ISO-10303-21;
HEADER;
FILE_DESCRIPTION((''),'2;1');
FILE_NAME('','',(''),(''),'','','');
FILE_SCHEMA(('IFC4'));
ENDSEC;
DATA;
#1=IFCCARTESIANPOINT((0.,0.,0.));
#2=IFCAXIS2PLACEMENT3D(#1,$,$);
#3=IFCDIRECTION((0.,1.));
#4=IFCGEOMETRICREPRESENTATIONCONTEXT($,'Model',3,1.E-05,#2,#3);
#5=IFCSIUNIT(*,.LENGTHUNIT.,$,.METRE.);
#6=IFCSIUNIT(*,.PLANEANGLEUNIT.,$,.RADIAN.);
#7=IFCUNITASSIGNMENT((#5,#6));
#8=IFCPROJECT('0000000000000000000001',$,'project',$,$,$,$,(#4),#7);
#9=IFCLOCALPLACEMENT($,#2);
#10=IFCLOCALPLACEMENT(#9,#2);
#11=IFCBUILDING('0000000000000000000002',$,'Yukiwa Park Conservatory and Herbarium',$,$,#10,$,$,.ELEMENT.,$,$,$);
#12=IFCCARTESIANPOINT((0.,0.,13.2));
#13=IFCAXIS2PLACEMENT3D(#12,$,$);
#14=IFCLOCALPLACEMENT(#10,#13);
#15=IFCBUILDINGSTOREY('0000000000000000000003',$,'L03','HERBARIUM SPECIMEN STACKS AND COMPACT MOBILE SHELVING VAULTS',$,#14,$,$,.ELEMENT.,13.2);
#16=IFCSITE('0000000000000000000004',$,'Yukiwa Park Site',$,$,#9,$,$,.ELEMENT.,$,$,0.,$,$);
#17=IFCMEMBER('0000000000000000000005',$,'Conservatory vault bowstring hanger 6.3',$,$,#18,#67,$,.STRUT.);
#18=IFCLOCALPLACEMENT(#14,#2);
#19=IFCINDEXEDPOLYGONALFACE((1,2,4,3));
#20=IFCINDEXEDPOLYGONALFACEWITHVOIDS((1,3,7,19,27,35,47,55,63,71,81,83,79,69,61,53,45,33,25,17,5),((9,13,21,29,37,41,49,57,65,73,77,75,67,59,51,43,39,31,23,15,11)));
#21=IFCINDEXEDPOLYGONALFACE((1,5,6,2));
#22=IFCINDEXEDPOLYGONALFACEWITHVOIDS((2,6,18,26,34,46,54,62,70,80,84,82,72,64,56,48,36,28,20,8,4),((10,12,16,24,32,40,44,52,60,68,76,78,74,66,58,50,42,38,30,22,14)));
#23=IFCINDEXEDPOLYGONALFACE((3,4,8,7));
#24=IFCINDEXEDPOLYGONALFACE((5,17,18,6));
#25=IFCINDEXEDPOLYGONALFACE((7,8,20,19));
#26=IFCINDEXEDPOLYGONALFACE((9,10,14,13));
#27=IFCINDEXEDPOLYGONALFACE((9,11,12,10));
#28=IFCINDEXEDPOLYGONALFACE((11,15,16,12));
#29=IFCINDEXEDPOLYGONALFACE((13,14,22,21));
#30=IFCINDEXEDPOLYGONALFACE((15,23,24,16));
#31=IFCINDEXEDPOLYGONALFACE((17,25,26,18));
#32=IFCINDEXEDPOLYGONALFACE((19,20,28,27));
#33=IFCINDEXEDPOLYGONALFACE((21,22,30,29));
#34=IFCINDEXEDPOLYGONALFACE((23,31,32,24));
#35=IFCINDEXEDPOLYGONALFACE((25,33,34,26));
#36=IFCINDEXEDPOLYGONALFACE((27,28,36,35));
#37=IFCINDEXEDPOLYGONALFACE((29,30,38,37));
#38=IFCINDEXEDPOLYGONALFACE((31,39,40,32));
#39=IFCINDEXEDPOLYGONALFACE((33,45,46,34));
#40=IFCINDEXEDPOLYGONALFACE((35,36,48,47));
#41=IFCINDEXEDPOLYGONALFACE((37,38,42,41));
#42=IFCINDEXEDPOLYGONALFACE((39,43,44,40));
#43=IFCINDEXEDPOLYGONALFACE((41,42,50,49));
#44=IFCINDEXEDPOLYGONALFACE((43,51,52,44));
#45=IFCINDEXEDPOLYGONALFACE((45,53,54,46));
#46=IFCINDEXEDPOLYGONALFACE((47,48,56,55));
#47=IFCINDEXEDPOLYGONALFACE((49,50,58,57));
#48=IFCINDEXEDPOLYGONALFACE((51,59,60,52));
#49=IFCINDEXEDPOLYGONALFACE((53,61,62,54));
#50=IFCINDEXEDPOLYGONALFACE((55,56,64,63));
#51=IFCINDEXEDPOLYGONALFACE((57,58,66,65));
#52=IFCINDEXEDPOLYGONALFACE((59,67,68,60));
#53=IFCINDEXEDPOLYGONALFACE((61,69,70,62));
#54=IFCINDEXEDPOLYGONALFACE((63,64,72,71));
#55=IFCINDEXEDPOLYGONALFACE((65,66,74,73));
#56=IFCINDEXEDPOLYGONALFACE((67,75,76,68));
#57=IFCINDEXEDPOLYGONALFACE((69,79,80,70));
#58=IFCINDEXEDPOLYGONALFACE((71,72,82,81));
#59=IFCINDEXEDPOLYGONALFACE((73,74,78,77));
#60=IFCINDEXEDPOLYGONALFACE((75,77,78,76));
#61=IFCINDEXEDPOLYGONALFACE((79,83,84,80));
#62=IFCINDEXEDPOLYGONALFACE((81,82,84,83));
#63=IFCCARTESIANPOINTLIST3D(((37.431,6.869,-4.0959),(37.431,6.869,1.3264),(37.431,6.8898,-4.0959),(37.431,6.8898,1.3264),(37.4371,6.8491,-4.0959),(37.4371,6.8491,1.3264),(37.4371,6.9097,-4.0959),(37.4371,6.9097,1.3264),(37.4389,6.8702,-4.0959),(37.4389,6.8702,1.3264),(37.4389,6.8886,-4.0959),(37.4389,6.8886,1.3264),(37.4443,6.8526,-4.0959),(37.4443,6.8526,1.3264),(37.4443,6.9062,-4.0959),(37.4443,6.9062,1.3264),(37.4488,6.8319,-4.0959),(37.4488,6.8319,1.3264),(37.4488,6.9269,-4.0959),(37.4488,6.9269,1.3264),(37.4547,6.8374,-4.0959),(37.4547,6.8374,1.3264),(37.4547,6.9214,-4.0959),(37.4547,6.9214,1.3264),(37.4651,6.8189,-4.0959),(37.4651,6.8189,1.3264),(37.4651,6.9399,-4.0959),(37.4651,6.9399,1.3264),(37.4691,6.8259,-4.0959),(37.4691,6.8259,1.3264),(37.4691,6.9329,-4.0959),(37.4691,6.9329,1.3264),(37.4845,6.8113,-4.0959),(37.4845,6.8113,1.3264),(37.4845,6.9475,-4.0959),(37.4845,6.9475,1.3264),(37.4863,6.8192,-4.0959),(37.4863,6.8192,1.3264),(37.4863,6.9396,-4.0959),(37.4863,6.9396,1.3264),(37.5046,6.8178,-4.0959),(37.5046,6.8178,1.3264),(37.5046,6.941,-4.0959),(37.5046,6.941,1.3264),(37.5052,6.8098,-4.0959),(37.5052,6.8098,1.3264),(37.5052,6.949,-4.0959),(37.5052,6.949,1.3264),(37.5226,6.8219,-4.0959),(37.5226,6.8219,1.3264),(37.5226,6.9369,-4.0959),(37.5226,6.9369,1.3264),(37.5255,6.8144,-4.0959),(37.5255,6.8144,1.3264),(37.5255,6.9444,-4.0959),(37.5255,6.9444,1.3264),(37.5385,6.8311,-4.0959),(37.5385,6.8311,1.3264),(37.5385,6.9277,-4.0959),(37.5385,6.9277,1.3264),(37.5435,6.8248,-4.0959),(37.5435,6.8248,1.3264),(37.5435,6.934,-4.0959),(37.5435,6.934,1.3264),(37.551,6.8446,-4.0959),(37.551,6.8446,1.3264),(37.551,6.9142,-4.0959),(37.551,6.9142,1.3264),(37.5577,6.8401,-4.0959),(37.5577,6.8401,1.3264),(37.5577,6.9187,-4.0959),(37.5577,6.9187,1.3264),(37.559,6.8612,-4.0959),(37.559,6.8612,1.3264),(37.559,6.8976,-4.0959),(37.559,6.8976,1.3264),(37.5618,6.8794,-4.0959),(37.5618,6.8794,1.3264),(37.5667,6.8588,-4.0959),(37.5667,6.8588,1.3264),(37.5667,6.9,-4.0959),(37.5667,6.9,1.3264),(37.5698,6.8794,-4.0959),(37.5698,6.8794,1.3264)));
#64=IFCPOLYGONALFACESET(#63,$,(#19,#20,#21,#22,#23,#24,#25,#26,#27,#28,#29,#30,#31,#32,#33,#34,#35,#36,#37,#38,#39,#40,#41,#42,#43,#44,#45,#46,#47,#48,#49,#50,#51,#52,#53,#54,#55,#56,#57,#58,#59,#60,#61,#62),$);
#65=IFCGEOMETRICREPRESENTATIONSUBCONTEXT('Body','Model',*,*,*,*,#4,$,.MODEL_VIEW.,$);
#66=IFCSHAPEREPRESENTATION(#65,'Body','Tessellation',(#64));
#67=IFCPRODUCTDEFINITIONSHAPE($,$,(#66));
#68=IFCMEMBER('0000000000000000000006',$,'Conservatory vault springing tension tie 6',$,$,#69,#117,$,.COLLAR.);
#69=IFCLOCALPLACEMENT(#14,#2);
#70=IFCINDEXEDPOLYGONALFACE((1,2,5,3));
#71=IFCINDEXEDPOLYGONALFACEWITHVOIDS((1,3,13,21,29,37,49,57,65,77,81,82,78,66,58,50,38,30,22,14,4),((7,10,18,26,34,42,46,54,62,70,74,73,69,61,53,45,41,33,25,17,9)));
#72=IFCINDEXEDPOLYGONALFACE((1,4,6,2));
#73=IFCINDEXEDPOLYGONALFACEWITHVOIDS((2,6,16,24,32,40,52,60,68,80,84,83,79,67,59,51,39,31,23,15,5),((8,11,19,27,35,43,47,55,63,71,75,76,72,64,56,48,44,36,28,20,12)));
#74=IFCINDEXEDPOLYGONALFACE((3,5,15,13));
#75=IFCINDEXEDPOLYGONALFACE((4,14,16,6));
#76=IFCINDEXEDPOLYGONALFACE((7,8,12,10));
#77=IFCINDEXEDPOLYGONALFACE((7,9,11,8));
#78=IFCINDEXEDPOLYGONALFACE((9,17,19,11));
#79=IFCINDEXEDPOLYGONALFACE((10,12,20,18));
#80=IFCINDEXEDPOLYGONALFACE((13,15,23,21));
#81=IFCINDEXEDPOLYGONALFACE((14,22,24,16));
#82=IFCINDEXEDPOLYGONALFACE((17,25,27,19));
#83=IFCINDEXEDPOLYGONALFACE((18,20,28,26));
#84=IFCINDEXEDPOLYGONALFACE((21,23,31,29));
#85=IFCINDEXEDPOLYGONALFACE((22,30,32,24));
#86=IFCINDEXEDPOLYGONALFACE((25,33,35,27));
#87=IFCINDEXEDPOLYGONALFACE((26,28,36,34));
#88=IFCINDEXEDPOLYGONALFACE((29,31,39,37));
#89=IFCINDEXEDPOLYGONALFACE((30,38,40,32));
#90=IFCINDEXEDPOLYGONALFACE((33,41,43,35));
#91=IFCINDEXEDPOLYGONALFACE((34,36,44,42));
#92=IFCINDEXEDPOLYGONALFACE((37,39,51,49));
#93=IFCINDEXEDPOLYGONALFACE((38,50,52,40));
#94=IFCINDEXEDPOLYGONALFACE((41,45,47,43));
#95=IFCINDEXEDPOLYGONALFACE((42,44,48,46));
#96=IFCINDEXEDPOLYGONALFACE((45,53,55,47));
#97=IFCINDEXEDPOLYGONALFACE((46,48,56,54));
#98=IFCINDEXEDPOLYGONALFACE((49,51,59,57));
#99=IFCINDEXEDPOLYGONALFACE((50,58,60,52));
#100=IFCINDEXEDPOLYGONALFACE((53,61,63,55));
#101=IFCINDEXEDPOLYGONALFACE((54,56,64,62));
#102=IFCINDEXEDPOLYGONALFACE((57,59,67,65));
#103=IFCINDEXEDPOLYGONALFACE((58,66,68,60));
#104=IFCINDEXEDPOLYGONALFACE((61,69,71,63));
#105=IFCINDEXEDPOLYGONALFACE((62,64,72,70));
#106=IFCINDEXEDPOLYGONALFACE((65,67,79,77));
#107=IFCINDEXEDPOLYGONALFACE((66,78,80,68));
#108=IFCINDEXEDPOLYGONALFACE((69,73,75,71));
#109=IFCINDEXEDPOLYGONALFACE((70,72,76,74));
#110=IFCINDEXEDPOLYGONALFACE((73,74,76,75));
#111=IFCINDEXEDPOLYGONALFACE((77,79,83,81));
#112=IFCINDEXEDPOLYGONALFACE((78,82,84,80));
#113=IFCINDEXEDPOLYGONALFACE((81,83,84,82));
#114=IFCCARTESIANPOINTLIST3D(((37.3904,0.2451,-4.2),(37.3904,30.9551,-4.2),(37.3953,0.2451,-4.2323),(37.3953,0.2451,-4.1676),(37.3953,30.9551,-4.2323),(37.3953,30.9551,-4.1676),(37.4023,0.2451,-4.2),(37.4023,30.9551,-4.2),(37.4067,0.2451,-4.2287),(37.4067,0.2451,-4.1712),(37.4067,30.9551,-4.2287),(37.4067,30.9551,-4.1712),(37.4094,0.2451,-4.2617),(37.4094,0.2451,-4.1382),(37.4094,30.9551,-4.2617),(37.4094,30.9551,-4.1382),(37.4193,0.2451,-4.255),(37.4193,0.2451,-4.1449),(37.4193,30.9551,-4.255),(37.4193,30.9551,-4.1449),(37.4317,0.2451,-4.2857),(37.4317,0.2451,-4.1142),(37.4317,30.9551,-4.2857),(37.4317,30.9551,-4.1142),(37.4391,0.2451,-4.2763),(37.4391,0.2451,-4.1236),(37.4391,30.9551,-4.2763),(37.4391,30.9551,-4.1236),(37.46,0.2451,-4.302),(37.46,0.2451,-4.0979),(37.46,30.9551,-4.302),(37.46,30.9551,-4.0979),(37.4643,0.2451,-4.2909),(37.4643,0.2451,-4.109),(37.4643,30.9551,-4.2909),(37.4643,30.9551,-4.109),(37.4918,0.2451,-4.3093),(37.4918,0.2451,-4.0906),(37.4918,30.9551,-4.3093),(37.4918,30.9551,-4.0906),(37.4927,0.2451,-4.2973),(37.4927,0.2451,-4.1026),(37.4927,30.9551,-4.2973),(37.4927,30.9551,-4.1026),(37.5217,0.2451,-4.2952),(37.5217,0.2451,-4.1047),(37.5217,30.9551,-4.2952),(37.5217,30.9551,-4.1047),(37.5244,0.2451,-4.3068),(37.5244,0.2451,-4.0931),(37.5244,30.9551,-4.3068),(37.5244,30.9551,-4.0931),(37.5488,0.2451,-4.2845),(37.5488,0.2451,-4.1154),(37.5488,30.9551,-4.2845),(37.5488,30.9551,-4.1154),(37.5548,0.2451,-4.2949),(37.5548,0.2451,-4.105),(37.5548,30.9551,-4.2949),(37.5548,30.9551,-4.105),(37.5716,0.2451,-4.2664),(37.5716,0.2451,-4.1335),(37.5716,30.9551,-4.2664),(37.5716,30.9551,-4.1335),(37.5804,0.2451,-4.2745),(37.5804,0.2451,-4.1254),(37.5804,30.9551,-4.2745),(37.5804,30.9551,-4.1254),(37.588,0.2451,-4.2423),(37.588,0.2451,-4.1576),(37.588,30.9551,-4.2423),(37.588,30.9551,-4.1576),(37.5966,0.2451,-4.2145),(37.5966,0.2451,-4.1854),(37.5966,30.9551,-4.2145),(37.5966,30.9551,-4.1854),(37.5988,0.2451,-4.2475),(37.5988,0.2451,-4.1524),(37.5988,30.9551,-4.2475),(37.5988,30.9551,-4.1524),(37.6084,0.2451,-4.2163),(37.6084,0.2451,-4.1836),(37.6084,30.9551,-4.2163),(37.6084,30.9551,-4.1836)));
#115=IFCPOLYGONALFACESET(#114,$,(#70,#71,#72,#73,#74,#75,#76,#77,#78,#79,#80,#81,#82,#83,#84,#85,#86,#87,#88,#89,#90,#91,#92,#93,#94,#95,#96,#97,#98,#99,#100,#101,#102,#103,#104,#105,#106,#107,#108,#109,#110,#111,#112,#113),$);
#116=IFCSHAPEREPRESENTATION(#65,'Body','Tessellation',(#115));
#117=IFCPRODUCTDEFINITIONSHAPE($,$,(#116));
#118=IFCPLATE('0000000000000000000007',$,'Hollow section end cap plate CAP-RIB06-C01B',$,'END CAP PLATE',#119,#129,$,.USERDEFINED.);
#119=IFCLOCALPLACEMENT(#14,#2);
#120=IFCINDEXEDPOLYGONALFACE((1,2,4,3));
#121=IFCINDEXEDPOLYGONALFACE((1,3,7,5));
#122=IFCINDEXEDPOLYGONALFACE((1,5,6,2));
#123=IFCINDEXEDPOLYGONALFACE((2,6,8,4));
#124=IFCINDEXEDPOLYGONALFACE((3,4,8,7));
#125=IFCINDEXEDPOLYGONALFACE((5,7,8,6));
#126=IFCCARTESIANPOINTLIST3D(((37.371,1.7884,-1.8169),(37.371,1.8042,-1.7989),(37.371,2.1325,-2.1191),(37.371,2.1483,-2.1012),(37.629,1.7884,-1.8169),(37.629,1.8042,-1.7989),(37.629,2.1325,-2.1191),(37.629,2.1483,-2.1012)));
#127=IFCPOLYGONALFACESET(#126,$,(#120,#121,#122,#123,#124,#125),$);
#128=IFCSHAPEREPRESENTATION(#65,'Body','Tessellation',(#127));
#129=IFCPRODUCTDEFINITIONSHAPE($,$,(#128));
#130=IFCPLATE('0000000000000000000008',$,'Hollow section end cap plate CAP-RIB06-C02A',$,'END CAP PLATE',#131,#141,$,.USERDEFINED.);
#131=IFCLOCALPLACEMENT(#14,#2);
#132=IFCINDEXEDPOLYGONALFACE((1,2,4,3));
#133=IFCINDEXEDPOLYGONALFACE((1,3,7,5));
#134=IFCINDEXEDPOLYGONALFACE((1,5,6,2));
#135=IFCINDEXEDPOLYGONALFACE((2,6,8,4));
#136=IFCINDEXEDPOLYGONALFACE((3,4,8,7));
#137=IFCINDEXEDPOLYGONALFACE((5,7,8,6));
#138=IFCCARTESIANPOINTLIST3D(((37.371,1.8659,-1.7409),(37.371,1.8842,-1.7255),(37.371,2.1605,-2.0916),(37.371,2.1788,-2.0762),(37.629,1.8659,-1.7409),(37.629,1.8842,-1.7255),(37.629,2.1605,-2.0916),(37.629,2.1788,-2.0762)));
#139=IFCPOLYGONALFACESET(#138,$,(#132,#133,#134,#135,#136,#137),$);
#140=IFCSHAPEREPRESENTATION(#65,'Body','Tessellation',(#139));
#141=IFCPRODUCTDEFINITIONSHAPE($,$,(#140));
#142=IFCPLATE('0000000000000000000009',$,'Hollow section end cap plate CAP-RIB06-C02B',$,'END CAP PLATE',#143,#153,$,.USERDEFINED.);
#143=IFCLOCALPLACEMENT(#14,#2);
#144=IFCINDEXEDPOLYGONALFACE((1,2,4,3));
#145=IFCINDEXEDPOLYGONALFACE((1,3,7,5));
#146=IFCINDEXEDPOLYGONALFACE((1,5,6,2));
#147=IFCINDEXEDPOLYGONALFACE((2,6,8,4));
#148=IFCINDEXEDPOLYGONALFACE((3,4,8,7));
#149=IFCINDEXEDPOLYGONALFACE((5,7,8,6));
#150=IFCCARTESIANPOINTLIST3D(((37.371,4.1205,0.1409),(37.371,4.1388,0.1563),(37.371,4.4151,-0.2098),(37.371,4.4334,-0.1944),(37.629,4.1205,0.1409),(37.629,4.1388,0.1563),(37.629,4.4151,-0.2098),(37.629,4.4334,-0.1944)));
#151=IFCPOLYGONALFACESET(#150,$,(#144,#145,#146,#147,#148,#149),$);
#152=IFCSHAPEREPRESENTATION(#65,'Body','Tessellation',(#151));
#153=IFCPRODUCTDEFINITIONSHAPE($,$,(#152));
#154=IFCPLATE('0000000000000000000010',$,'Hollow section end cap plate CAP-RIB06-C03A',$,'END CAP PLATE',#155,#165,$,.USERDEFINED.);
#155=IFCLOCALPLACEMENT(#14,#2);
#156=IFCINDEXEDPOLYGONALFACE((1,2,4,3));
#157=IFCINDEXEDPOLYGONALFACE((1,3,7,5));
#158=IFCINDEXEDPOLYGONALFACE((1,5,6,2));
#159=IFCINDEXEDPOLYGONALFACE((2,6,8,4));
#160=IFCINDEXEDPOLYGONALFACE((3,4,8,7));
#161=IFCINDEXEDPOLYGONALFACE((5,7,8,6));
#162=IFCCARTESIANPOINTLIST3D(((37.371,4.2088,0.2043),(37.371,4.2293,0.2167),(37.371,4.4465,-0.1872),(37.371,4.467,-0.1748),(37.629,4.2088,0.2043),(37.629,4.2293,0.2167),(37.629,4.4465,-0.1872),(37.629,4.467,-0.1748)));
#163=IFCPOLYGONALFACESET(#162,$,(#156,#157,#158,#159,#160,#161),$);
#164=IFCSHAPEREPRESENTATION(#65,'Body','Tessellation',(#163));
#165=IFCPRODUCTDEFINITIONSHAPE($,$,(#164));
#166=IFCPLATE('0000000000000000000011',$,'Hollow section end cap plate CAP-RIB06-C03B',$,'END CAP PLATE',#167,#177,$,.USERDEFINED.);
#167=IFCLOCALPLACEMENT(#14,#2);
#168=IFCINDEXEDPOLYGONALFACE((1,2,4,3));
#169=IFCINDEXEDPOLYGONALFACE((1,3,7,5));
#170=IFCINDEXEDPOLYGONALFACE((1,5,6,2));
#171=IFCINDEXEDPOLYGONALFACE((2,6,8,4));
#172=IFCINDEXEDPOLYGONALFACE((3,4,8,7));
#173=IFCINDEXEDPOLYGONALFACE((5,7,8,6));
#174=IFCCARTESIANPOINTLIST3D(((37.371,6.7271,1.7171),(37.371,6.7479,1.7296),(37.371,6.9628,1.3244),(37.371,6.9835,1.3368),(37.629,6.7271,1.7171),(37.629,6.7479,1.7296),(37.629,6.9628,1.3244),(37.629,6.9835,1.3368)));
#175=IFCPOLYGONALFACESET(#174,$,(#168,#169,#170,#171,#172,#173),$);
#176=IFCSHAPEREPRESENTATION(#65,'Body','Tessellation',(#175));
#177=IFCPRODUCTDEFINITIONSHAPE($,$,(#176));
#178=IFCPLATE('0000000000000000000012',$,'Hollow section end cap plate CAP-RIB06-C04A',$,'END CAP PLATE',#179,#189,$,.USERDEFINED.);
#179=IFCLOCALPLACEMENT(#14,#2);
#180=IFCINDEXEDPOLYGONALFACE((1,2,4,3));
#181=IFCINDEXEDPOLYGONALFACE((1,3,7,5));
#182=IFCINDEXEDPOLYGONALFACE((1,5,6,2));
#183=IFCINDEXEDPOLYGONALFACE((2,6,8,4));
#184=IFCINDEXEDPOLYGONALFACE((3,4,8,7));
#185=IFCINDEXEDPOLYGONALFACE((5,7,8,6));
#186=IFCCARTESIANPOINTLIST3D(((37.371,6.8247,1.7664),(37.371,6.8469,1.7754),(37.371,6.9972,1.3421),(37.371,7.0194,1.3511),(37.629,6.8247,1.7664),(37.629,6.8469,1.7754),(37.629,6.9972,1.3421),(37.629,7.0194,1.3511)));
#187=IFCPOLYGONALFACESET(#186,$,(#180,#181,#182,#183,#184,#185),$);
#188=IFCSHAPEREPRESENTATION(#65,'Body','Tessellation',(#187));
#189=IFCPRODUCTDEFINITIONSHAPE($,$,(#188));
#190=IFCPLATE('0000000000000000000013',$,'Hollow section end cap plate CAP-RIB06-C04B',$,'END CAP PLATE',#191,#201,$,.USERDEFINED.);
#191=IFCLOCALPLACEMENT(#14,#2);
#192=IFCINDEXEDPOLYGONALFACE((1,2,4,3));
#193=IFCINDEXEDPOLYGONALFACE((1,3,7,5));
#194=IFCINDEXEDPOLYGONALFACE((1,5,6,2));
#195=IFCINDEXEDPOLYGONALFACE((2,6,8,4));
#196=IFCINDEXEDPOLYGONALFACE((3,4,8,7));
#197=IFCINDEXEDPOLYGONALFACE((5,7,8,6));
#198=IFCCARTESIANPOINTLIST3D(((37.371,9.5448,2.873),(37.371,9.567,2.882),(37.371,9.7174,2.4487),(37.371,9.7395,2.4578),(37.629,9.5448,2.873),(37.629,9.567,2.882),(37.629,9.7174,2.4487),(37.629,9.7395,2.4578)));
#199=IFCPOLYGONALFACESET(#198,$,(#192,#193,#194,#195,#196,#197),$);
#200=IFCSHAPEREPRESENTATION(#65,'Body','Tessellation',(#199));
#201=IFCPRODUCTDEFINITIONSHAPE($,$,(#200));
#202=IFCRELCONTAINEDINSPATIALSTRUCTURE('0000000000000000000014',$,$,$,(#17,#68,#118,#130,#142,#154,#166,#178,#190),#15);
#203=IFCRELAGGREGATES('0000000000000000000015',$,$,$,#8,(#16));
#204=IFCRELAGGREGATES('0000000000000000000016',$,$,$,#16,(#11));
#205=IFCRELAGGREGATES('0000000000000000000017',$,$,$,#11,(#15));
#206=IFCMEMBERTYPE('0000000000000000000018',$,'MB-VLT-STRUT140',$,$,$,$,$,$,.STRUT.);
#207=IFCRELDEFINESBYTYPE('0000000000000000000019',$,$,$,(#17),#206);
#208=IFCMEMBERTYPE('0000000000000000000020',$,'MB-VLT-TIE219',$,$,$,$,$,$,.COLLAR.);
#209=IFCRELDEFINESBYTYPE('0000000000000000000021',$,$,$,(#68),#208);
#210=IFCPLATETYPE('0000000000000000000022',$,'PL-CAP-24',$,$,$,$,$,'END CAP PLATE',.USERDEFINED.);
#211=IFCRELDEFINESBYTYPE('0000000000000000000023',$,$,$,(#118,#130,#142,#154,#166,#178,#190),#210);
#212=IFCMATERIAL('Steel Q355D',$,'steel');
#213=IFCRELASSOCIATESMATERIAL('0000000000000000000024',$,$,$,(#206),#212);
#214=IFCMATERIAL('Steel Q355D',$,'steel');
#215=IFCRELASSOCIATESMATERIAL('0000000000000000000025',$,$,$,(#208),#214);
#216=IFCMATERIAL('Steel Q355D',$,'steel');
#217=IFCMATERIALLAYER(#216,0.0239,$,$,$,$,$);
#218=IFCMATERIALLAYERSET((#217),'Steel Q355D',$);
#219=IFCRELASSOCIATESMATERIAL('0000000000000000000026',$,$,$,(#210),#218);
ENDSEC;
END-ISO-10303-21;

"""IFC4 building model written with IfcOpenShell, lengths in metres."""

from ifc_helpers import new_model, si_unit, direction, frame, origin, origin_2d, place, context, subcontext, project, spatial, rectangle, hollow_circle, extrude, material, layer, layer_set, material_profile, profile_set, type_object, element, save


model = new_model("IFC4")

# Units and contexts
model_context = context("Model", 3, precision=1e-05, world=origin(), true_north=direction((0.0, 1.0)))
body_context = subcontext(model_context, "Body", "Model", "MODEL_VIEW")
ifc_project = project(units=[si_unit("LENGTHUNIT", "METRE"), si_unit("PLANEANGLEUNIT", "RADIAN")], contexts=[model_context])

# Site, building, storey
site_placement = place(None, origin())
site = spatial("IfcSite", under=ifc_project, at=site_placement, Name="Yukiwa Park Site", CompositionType="ELEMENT", RefElevation=0.0)
building_placement = place(site_placement, origin())
building = spatial("IfcBuilding", under=site, at=building_placement, Name="Yukiwa Park Conservatory and Herbarium", CompositionType="ELEMENT")
storey_placement = place(building_placement, frame((0.0, 0.0, 13.2)))
storey = spatial("IfcBuildingStorey", under=building, at=storey_placement, Name="L03", Description="HERBARIUM SPECIMEN STACKS AND COMPACT MOBILE SHELVING VAULTS", CompositionType="ELEMENT", Elevation=13.2)

# Members
ifc_material_1 = material(Name="Steel Q355D", Category="steel")
ifc_material_profile_1 = material_profile(ifc_material_1, hollow_circle(Radius=0.0698, WallThickness=0.0081, at=origin_2d()), Name="CHS 139.7x8")
ifc_profile_set_1 = profile_set([ifc_material_profile_1], Name="Steel Q355D")
member_type_1 = type_object("IfcMemberType", Name="MB-VLT-STRUT140", PredefinedType="STRUT", material=ifc_profile_set_1)
member_1_placement = place(storey_placement, frame((37.5, 6.8794, -4.0959), z_axis=(0.0, 0.0, 1.0), x_axis=(1.0, 0.0, 0.0)))
element("IfcMember", 1, at=member_1_placement, inside=storey, type_object=member_type_1, Name="Conservatory vault bowstring hanger 6.3", PredefinedType="STRUT", context=body_context, shape_type="SweptSolid", body=[
    extrude(hollow_circle(Radius=0.0698, WallThickness=0.0081, at=origin_2d()), origin(), (0.0, 0.0, 1.0), 5.4224),
])
ifc_material_2 = material(Name="Steel Q355D", Category="steel")
ifc_material_profile_2 = material_profile(ifc_material_2, hollow_circle(Radius=0.1096, WallThickness=0.012, at=origin_2d()), Name="CHS 219.1x12")
ifc_profile_set_2 = profile_set([ifc_material_profile_2], Name="Steel Q355D")
member_type_2 = type_object("IfcMemberType", Name="MB-VLT-TIE219", PredefinedType="COLLAR", material=ifc_profile_set_2)
member_2_placement = place(storey_placement, frame((37.5, 0.2451, -4.2), z_axis=(0.0, 1.0, 0.0), x_axis=(-1.0, 0.0, 0.0)))
element("IfcMember", 2, at=member_2_placement, inside=storey, type_object=member_type_2, Name="Conservatory vault springing tension tie 6", PredefinedType="COLLAR", context=body_context, shape_type="SweptSolid", body=[
    extrude(hollow_circle(Radius=0.1096, WallThickness=0.012, at=origin_2d()), origin(), (0.0, 0.0, 1.0), 30.71),
])

# Plates
ifc_material_3 = material(Name="Steel Q355D", Category="steel")
ifc_layer_1 = layer(ifc_material_3, 0.0239)
ifc_layer_set_1 = layer_set([ifc_layer_1], Name="Steel Q355D")
plate_type_1 = type_object("IfcPlateType", Name="PL-CAP-24", ElementType="END CAP PLATE", PredefinedType="USERDEFINED", material=ifc_layer_set_1)
for number, where, z_axis, x_axis, name in (
    (3, (37.5, 1.9604, -1.968), (0.0, 0.659941, 0.751317), (-1.0, 0.0, 0.0), "Hollow section end cap plate CAP-RIB06-C01B"),
    (4, (37.5, 2.0315, -1.9009), (0.0, -0.765705, -0.643192), (1.0, 0.0, 0.0), "Hollow section end cap plate CAP-RIB06-C02A"),
    (5, (37.5, 4.2678, -0.0344), (0.0, 0.765705, 0.643192), (-1.0, 0.0, 0.0), "Hollow section end cap plate CAP-RIB06-C02B"),
    (6, (37.5, 4.3481, 0.021), (0.0, -0.854788, -0.518978), (1.0, 0.0, 0.0), "Hollow section end cap plate CAP-RIB06-C03A"),
):
    element("IfcPlate", number, at=place(storey_placement, frame(where, z_axis=z_axis, x_axis=x_axis)), inside=storey, type_object=plate_type_1, Name=name, ObjectType="END CAP PLATE", PredefinedType="USERDEFINED", context=body_context, shape_type="SweptSolid", body=[
        extrude(rectangle(XDim=0.2581, YDim=0.458, at=origin_2d()), origin(), (0.0, 0.0, 1.0), 0.0239),
    ])
plate_1_placement = place(storey_placement, frame((37.5, 6.845, 1.5208), z_axis=(0.0, 0.857493, 0.514496), x_axis=(-1.0, 0.0, 0.0)))
element("IfcPlate", 7, at=plate_1_placement, inside=storey, type_object=plate_type_1, Name="Hollow section end cap plate CAP-RIB06-C03B", ObjectType="END CAP PLATE", PredefinedType="USERDEFINED", context=body_context, shape_type="SweptSolid", body=[
    extrude(rectangle(XDim=0.2581, YDim=0.458, at=origin_2d()), origin(), (0.0, 0.0, 1.0), 0.0242),
])
for number, where, z_axis, x_axis, name in (
    (8, (37.5, 6.9331, 1.5632), (0.0, -0.926356, -0.37665), (1.0, 0.0, 0.0), "Hollow section end cap plate CAP-RIB06-C04A"),
    (9, (37.5, 9.6311, 2.6609), (0.0, 0.926356, 0.37665), (-1.0, 0.0, 0.0), "Hollow section end cap plate CAP-RIB06-C04B"),
):
    element("IfcPlate", number, at=place(storey_placement, frame(where, z_axis=z_axis, x_axis=x_axis)), inside=storey, type_object=plate_type_1, Name=name, ObjectType="END CAP PLATE", PredefinedType="USERDEFINED", context=body_context, shape_type="SweptSolid", body=[
        extrude(rectangle(XDim=0.2581, YDim=0.458, at=origin_2d()), origin(), (0.0, 0.0, 1.0), 0.0239),
    ])

save(model, "model.ifc")
